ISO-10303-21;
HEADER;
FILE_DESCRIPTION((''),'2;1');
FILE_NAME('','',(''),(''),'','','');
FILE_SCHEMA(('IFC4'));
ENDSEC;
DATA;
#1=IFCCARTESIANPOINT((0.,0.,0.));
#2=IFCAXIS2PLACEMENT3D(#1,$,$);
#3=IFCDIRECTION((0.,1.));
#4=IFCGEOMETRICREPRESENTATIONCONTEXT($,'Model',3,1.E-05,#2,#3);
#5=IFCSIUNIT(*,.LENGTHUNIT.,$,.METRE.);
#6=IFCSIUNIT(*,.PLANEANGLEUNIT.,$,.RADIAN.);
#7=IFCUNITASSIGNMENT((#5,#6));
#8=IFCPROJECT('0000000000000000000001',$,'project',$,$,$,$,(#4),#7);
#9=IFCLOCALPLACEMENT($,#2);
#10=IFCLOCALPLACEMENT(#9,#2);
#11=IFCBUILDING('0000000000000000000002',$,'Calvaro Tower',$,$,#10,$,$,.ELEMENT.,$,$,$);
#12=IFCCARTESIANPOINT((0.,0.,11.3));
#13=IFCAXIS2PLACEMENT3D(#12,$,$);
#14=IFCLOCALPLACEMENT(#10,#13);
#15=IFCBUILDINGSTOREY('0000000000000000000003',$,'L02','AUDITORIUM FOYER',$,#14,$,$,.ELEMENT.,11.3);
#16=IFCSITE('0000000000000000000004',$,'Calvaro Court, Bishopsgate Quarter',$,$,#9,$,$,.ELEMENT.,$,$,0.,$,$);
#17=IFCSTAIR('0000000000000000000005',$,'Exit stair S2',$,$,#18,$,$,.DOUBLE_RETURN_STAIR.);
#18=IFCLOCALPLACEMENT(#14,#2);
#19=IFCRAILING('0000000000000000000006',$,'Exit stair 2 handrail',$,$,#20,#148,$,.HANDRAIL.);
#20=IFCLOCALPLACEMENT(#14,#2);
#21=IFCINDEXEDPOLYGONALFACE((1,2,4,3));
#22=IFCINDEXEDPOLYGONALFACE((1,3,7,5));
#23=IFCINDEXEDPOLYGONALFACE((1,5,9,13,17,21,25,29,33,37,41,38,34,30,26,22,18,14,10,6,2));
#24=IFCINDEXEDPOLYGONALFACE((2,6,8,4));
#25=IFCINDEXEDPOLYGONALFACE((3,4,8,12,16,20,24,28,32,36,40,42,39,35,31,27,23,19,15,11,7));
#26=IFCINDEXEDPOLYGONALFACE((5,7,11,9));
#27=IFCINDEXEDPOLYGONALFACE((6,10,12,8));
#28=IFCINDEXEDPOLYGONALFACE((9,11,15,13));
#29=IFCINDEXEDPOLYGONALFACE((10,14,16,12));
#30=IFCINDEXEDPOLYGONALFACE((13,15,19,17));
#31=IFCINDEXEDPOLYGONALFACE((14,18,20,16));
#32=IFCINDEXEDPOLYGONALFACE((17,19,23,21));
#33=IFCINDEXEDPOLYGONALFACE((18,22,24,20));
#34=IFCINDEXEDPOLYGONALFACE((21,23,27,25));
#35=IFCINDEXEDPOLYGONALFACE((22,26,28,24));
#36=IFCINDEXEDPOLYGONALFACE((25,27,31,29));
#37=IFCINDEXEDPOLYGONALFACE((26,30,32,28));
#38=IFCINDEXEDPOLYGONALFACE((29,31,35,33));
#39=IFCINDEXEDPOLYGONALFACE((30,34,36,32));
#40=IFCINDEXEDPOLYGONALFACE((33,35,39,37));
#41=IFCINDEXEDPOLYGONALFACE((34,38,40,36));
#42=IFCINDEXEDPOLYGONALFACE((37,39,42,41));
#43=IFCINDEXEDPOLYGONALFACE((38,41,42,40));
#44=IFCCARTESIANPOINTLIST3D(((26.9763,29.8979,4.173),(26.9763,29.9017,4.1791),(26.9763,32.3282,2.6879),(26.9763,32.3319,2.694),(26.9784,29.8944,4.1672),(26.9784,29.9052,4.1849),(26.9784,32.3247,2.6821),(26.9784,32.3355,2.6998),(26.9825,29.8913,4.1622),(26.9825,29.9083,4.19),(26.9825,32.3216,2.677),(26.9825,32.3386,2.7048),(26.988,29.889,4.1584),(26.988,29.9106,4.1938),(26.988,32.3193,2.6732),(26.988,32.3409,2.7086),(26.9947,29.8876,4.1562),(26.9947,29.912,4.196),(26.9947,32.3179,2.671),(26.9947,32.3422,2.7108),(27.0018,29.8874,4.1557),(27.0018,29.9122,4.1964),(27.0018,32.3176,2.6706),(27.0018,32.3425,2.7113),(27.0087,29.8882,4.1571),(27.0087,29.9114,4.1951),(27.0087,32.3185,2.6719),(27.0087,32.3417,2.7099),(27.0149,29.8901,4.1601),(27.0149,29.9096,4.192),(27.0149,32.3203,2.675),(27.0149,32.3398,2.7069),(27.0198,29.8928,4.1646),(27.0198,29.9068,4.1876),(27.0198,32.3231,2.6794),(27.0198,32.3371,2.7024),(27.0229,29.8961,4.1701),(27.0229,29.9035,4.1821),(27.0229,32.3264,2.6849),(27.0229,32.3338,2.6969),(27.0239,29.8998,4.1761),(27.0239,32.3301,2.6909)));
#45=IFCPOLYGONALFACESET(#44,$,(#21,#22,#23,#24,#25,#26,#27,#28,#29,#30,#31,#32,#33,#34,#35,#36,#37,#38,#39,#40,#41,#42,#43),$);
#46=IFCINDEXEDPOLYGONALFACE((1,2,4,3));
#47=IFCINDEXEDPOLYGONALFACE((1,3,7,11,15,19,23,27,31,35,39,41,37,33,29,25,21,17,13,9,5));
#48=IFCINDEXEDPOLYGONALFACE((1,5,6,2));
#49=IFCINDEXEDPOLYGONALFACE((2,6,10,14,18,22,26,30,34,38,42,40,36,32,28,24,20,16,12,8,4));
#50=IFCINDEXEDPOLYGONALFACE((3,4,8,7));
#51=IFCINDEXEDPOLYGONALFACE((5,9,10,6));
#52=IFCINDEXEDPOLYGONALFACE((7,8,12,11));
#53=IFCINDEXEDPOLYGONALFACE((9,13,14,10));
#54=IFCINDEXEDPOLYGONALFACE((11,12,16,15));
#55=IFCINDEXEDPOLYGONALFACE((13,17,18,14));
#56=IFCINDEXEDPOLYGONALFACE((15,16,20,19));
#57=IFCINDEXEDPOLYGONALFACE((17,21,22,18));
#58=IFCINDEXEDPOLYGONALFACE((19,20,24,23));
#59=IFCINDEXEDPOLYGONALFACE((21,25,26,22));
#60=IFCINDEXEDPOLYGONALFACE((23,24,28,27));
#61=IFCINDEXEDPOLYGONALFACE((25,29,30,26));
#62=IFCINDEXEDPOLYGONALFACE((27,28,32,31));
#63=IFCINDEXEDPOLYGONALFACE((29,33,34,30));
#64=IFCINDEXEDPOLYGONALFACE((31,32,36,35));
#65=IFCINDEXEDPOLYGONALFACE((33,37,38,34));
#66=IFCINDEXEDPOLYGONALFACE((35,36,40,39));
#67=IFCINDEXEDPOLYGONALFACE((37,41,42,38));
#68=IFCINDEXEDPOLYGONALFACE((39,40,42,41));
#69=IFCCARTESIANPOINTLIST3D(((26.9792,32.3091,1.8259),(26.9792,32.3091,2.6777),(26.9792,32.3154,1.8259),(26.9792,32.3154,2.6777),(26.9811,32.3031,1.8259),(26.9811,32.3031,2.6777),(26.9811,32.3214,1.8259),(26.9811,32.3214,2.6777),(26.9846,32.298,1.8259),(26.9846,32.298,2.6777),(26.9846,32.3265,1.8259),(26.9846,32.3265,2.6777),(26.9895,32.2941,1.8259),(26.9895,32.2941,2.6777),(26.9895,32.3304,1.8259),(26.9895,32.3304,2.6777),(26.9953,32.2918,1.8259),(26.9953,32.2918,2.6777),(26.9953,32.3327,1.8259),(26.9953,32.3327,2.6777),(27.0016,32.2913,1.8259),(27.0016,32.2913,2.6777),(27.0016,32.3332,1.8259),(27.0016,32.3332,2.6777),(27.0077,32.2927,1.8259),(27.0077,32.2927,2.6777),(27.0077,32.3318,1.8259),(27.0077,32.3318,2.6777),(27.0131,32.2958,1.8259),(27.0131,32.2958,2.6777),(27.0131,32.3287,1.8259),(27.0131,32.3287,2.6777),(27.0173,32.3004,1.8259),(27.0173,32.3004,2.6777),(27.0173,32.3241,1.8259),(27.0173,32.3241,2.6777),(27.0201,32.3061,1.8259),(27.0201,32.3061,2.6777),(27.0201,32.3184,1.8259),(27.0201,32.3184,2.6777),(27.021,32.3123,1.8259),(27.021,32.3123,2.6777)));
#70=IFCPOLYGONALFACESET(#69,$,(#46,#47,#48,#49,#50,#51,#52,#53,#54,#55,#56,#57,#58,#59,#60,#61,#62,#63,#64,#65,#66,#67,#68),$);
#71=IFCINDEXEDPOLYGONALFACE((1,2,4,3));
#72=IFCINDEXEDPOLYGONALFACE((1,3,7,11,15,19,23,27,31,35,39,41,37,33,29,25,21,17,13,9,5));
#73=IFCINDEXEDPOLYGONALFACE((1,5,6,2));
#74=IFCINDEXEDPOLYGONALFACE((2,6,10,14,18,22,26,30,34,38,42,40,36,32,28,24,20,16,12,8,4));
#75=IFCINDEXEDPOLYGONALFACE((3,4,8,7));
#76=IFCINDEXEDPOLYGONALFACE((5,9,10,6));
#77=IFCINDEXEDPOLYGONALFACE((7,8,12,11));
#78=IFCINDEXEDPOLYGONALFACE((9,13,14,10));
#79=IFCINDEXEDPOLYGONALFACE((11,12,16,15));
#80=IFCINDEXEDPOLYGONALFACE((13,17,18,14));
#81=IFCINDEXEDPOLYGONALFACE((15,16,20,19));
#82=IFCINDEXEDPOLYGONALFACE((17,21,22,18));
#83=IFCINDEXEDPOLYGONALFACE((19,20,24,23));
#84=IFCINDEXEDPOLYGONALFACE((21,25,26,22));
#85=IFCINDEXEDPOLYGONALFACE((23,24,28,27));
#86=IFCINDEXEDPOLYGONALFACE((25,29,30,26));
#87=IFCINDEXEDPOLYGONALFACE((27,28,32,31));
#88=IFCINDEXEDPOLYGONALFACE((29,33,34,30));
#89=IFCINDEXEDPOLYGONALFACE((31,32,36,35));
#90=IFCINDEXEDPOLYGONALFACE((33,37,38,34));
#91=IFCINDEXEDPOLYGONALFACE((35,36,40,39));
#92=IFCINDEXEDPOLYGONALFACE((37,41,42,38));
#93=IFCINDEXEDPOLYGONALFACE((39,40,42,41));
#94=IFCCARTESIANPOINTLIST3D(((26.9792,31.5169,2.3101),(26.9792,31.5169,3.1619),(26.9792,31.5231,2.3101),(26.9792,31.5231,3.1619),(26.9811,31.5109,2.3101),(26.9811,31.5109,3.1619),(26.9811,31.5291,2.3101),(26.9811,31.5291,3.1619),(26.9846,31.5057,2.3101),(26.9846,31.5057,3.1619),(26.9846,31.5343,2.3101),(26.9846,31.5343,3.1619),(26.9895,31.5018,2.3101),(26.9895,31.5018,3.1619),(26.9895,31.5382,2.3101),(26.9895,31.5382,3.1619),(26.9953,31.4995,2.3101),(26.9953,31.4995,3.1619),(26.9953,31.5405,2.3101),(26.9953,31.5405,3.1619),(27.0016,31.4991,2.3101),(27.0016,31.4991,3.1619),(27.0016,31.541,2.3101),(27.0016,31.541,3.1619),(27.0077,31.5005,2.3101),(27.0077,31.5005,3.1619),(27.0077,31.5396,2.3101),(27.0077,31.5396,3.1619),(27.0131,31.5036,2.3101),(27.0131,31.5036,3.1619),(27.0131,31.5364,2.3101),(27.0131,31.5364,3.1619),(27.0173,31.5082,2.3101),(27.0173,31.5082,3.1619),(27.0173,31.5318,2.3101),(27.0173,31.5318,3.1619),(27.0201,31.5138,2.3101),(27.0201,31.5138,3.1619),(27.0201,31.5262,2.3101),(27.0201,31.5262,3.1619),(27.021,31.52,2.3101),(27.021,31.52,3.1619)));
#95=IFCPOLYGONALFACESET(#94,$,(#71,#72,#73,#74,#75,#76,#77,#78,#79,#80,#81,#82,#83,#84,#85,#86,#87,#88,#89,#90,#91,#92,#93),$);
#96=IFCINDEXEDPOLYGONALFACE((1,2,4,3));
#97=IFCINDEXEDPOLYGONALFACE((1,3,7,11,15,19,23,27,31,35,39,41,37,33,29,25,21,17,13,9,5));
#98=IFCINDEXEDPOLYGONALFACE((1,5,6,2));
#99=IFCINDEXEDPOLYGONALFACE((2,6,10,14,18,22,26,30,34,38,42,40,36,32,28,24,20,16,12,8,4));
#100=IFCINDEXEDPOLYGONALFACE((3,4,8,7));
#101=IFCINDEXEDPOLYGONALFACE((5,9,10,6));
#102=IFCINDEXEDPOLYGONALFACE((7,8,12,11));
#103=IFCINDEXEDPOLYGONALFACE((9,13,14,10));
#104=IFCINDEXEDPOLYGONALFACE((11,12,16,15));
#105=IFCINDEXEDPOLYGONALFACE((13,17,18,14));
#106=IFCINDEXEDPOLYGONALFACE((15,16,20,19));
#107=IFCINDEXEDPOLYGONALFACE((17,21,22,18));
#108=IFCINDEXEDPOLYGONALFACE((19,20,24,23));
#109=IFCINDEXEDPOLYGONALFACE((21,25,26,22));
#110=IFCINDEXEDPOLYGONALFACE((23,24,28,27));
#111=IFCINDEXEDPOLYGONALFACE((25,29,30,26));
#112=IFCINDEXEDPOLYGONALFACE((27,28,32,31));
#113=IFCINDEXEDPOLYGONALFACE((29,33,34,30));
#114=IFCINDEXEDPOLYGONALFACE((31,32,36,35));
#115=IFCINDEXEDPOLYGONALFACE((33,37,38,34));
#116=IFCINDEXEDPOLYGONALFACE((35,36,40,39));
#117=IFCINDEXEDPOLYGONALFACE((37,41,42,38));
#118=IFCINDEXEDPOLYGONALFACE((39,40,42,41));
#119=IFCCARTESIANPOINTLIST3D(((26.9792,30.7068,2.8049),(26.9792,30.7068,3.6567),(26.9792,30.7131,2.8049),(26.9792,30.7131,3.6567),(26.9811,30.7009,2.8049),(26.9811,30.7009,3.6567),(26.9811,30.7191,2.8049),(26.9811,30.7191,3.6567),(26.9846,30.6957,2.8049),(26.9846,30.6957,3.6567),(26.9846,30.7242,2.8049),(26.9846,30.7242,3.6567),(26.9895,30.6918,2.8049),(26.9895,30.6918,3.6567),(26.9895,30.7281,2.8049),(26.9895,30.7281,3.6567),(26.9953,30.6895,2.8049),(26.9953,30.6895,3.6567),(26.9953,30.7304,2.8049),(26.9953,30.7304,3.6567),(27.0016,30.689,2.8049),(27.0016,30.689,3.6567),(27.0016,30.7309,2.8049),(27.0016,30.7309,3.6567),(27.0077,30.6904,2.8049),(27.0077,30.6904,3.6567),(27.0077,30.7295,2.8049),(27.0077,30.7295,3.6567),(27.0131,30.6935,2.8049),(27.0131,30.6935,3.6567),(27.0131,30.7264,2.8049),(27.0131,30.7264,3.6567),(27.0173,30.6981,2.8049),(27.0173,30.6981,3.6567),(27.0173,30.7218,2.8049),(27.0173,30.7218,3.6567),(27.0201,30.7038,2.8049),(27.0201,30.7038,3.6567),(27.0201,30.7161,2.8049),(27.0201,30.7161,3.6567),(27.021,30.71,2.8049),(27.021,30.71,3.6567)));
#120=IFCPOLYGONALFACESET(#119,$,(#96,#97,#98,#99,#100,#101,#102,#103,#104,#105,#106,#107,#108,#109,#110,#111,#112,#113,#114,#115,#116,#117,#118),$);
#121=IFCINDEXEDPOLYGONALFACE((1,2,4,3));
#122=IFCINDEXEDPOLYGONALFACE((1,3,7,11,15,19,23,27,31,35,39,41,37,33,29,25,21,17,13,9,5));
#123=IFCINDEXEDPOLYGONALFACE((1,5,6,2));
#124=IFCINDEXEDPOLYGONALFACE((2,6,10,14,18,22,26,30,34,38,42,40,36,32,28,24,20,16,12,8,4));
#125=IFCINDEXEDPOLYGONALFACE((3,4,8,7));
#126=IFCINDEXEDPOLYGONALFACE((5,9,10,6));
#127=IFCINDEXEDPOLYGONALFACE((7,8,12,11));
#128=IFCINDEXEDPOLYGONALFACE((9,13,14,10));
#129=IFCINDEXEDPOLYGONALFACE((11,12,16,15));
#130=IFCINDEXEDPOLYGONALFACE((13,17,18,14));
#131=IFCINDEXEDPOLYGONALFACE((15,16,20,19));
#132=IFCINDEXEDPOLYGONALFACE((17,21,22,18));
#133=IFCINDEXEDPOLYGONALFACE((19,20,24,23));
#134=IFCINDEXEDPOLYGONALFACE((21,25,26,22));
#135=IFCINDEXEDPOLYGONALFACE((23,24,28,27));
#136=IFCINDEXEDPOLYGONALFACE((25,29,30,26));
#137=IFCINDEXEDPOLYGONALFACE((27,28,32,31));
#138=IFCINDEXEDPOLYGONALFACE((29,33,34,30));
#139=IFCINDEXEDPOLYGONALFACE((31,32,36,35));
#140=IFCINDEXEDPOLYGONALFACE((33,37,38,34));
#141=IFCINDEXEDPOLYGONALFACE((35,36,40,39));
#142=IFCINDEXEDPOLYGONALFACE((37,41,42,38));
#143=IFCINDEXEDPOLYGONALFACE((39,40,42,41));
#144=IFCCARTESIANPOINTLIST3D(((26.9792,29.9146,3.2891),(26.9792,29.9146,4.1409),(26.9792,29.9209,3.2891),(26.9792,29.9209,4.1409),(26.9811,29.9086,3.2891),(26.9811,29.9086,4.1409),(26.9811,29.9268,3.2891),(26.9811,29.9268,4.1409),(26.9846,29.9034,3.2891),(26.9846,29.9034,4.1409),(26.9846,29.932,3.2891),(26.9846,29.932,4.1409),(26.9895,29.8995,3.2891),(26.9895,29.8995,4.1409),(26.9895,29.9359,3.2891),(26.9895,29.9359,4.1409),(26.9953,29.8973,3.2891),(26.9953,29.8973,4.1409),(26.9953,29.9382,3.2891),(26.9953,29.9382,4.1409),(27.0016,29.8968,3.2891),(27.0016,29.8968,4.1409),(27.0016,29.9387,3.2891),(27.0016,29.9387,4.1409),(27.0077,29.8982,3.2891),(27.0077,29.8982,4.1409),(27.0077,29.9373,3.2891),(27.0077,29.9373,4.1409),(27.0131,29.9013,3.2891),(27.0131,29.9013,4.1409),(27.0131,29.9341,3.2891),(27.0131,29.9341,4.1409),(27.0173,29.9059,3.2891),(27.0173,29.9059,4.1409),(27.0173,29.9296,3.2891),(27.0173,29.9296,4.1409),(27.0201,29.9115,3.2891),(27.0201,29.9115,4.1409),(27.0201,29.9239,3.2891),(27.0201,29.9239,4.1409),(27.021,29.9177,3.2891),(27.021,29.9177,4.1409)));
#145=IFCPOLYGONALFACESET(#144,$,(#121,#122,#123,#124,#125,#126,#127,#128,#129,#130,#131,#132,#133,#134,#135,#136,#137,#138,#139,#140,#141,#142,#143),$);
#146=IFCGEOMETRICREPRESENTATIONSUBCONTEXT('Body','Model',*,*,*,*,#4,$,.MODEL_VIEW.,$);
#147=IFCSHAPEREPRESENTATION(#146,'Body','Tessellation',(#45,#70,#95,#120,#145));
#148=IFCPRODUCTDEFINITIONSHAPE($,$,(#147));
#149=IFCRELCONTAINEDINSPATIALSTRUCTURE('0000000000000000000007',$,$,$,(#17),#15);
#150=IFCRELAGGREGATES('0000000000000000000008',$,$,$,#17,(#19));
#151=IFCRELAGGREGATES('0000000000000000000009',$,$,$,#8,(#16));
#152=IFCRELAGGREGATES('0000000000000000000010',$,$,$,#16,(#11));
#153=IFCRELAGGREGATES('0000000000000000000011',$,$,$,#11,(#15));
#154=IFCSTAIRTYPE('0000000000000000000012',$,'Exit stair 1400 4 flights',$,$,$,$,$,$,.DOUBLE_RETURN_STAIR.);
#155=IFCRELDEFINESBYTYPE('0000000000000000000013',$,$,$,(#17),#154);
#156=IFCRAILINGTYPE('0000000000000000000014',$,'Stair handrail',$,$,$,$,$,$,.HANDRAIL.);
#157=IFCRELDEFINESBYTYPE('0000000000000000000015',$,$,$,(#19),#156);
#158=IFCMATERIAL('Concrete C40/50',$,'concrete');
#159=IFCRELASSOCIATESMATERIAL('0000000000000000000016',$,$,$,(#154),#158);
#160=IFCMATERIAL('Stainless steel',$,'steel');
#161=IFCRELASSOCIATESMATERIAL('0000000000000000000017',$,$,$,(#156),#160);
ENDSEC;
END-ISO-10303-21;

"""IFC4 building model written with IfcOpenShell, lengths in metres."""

from ifc_helpers import new_model, si_unit, direction, frame, origin, origin_2d, place, context, subcontext, project, spatial, circle, extrude, material, type_object, element, aggregate, save


model = new_model("IFC4")

# Units and contexts
model_context = context("Model", 3, precision=1e-05, world=origin(), true_north=direction((0.0, 1.0)))
body_context = subcontext(model_context, "Body", "Model", "MODEL_VIEW")
ifc_project = project(units=[si_unit("LENGTHUNIT", "METRE"), si_unit("PLANEANGLEUNIT", "RADIAN")], contexts=[model_context])

# Site, building, storey
site_placement = place(None, origin())
site = spatial("IfcSite", under=ifc_project, at=site_placement, Name="Calvaro Court, Bishopsgate Quarter", CompositionType="ELEMENT", RefElevation=0.0)
building_placement = place(site_placement, origin())
building = spatial("IfcBuilding", under=site, at=building_placement, Name="Calvaro Tower", CompositionType="ELEMENT")
storey_placement = place(building_placement, frame((0.0, 0.0, 11.3)))
storey = spatial("IfcBuildingStorey", under=building, at=storey_placement, Name="L02", Description="AUDITORIUM FOYER", CompositionType="ELEMENT", Elevation=11.3)

# Stair, railing
ifc_material_1 = material(Name="Concrete C40/50", Category="concrete")
stair_type = type_object("IfcStairType", Name="Exit stair 1400 4 flights", PredefinedType="DOUBLE_RETURN_STAIR", material=ifc_material_1)
stair_placement = place(storey_placement, origin())
stair = element("IfcStair", 1, at=stair_placement, inside=storey, type_object=stair_type, Name="Exit stair S2", PredefinedType="DOUBLE_RETURN_STAIR")
ifc_material_2 = material(Name="Stainless steel", Category="steel")
railing_type = type_object("IfcRailingType", Name="Stair handrail", PredefinedType="HANDRAIL", material=ifc_material_2)
railing_1_placement = place(storey_placement, frame((27.0, 32.3301, 1.8149)))
railing_1 = element("IfcRailing", 2, at=railing_1_placement, type_object=railing_type, Name="Exit stair 2 handrail", PredefinedType="HANDRAIL", context=body_context, shape_type="SweptSolid", body=[
    extrude(circle(Radius=0.0239, at=origin_2d()), frame((0.0, 0.0, 0.876), z_axis=(0.0, -0.853282, 0.52145), x_axis=(1.0, 0.0, 0.0)), (0.0, 0.0, 1.0), 2.8481),
    extrude(circle(Radius=0.021, at=origin_2d()), frame((0.0, -0.0178, 0.011)), (0.0, 0.0, 1.0), 0.8518),
    extrude(circle(Radius=0.021, at=origin_2d()), frame((0.0, -0.8101, 0.4951)), (0.0, 0.0, 1.0), 0.8518),
    extrude(circle(Radius=0.021, at=origin_2d()), frame((0.0, -1.6201, 0.99)), (0.0, 0.0, 1.0), 0.8518),
    extrude(circle(Radius=0.021, at=origin_2d()), frame((0.0, -2.4124, 1.4741)), (0.0, 0.0, 1.0), 0.8518),
])
aggregate(stair, [railing_1])

save(model, "model.ifc")
